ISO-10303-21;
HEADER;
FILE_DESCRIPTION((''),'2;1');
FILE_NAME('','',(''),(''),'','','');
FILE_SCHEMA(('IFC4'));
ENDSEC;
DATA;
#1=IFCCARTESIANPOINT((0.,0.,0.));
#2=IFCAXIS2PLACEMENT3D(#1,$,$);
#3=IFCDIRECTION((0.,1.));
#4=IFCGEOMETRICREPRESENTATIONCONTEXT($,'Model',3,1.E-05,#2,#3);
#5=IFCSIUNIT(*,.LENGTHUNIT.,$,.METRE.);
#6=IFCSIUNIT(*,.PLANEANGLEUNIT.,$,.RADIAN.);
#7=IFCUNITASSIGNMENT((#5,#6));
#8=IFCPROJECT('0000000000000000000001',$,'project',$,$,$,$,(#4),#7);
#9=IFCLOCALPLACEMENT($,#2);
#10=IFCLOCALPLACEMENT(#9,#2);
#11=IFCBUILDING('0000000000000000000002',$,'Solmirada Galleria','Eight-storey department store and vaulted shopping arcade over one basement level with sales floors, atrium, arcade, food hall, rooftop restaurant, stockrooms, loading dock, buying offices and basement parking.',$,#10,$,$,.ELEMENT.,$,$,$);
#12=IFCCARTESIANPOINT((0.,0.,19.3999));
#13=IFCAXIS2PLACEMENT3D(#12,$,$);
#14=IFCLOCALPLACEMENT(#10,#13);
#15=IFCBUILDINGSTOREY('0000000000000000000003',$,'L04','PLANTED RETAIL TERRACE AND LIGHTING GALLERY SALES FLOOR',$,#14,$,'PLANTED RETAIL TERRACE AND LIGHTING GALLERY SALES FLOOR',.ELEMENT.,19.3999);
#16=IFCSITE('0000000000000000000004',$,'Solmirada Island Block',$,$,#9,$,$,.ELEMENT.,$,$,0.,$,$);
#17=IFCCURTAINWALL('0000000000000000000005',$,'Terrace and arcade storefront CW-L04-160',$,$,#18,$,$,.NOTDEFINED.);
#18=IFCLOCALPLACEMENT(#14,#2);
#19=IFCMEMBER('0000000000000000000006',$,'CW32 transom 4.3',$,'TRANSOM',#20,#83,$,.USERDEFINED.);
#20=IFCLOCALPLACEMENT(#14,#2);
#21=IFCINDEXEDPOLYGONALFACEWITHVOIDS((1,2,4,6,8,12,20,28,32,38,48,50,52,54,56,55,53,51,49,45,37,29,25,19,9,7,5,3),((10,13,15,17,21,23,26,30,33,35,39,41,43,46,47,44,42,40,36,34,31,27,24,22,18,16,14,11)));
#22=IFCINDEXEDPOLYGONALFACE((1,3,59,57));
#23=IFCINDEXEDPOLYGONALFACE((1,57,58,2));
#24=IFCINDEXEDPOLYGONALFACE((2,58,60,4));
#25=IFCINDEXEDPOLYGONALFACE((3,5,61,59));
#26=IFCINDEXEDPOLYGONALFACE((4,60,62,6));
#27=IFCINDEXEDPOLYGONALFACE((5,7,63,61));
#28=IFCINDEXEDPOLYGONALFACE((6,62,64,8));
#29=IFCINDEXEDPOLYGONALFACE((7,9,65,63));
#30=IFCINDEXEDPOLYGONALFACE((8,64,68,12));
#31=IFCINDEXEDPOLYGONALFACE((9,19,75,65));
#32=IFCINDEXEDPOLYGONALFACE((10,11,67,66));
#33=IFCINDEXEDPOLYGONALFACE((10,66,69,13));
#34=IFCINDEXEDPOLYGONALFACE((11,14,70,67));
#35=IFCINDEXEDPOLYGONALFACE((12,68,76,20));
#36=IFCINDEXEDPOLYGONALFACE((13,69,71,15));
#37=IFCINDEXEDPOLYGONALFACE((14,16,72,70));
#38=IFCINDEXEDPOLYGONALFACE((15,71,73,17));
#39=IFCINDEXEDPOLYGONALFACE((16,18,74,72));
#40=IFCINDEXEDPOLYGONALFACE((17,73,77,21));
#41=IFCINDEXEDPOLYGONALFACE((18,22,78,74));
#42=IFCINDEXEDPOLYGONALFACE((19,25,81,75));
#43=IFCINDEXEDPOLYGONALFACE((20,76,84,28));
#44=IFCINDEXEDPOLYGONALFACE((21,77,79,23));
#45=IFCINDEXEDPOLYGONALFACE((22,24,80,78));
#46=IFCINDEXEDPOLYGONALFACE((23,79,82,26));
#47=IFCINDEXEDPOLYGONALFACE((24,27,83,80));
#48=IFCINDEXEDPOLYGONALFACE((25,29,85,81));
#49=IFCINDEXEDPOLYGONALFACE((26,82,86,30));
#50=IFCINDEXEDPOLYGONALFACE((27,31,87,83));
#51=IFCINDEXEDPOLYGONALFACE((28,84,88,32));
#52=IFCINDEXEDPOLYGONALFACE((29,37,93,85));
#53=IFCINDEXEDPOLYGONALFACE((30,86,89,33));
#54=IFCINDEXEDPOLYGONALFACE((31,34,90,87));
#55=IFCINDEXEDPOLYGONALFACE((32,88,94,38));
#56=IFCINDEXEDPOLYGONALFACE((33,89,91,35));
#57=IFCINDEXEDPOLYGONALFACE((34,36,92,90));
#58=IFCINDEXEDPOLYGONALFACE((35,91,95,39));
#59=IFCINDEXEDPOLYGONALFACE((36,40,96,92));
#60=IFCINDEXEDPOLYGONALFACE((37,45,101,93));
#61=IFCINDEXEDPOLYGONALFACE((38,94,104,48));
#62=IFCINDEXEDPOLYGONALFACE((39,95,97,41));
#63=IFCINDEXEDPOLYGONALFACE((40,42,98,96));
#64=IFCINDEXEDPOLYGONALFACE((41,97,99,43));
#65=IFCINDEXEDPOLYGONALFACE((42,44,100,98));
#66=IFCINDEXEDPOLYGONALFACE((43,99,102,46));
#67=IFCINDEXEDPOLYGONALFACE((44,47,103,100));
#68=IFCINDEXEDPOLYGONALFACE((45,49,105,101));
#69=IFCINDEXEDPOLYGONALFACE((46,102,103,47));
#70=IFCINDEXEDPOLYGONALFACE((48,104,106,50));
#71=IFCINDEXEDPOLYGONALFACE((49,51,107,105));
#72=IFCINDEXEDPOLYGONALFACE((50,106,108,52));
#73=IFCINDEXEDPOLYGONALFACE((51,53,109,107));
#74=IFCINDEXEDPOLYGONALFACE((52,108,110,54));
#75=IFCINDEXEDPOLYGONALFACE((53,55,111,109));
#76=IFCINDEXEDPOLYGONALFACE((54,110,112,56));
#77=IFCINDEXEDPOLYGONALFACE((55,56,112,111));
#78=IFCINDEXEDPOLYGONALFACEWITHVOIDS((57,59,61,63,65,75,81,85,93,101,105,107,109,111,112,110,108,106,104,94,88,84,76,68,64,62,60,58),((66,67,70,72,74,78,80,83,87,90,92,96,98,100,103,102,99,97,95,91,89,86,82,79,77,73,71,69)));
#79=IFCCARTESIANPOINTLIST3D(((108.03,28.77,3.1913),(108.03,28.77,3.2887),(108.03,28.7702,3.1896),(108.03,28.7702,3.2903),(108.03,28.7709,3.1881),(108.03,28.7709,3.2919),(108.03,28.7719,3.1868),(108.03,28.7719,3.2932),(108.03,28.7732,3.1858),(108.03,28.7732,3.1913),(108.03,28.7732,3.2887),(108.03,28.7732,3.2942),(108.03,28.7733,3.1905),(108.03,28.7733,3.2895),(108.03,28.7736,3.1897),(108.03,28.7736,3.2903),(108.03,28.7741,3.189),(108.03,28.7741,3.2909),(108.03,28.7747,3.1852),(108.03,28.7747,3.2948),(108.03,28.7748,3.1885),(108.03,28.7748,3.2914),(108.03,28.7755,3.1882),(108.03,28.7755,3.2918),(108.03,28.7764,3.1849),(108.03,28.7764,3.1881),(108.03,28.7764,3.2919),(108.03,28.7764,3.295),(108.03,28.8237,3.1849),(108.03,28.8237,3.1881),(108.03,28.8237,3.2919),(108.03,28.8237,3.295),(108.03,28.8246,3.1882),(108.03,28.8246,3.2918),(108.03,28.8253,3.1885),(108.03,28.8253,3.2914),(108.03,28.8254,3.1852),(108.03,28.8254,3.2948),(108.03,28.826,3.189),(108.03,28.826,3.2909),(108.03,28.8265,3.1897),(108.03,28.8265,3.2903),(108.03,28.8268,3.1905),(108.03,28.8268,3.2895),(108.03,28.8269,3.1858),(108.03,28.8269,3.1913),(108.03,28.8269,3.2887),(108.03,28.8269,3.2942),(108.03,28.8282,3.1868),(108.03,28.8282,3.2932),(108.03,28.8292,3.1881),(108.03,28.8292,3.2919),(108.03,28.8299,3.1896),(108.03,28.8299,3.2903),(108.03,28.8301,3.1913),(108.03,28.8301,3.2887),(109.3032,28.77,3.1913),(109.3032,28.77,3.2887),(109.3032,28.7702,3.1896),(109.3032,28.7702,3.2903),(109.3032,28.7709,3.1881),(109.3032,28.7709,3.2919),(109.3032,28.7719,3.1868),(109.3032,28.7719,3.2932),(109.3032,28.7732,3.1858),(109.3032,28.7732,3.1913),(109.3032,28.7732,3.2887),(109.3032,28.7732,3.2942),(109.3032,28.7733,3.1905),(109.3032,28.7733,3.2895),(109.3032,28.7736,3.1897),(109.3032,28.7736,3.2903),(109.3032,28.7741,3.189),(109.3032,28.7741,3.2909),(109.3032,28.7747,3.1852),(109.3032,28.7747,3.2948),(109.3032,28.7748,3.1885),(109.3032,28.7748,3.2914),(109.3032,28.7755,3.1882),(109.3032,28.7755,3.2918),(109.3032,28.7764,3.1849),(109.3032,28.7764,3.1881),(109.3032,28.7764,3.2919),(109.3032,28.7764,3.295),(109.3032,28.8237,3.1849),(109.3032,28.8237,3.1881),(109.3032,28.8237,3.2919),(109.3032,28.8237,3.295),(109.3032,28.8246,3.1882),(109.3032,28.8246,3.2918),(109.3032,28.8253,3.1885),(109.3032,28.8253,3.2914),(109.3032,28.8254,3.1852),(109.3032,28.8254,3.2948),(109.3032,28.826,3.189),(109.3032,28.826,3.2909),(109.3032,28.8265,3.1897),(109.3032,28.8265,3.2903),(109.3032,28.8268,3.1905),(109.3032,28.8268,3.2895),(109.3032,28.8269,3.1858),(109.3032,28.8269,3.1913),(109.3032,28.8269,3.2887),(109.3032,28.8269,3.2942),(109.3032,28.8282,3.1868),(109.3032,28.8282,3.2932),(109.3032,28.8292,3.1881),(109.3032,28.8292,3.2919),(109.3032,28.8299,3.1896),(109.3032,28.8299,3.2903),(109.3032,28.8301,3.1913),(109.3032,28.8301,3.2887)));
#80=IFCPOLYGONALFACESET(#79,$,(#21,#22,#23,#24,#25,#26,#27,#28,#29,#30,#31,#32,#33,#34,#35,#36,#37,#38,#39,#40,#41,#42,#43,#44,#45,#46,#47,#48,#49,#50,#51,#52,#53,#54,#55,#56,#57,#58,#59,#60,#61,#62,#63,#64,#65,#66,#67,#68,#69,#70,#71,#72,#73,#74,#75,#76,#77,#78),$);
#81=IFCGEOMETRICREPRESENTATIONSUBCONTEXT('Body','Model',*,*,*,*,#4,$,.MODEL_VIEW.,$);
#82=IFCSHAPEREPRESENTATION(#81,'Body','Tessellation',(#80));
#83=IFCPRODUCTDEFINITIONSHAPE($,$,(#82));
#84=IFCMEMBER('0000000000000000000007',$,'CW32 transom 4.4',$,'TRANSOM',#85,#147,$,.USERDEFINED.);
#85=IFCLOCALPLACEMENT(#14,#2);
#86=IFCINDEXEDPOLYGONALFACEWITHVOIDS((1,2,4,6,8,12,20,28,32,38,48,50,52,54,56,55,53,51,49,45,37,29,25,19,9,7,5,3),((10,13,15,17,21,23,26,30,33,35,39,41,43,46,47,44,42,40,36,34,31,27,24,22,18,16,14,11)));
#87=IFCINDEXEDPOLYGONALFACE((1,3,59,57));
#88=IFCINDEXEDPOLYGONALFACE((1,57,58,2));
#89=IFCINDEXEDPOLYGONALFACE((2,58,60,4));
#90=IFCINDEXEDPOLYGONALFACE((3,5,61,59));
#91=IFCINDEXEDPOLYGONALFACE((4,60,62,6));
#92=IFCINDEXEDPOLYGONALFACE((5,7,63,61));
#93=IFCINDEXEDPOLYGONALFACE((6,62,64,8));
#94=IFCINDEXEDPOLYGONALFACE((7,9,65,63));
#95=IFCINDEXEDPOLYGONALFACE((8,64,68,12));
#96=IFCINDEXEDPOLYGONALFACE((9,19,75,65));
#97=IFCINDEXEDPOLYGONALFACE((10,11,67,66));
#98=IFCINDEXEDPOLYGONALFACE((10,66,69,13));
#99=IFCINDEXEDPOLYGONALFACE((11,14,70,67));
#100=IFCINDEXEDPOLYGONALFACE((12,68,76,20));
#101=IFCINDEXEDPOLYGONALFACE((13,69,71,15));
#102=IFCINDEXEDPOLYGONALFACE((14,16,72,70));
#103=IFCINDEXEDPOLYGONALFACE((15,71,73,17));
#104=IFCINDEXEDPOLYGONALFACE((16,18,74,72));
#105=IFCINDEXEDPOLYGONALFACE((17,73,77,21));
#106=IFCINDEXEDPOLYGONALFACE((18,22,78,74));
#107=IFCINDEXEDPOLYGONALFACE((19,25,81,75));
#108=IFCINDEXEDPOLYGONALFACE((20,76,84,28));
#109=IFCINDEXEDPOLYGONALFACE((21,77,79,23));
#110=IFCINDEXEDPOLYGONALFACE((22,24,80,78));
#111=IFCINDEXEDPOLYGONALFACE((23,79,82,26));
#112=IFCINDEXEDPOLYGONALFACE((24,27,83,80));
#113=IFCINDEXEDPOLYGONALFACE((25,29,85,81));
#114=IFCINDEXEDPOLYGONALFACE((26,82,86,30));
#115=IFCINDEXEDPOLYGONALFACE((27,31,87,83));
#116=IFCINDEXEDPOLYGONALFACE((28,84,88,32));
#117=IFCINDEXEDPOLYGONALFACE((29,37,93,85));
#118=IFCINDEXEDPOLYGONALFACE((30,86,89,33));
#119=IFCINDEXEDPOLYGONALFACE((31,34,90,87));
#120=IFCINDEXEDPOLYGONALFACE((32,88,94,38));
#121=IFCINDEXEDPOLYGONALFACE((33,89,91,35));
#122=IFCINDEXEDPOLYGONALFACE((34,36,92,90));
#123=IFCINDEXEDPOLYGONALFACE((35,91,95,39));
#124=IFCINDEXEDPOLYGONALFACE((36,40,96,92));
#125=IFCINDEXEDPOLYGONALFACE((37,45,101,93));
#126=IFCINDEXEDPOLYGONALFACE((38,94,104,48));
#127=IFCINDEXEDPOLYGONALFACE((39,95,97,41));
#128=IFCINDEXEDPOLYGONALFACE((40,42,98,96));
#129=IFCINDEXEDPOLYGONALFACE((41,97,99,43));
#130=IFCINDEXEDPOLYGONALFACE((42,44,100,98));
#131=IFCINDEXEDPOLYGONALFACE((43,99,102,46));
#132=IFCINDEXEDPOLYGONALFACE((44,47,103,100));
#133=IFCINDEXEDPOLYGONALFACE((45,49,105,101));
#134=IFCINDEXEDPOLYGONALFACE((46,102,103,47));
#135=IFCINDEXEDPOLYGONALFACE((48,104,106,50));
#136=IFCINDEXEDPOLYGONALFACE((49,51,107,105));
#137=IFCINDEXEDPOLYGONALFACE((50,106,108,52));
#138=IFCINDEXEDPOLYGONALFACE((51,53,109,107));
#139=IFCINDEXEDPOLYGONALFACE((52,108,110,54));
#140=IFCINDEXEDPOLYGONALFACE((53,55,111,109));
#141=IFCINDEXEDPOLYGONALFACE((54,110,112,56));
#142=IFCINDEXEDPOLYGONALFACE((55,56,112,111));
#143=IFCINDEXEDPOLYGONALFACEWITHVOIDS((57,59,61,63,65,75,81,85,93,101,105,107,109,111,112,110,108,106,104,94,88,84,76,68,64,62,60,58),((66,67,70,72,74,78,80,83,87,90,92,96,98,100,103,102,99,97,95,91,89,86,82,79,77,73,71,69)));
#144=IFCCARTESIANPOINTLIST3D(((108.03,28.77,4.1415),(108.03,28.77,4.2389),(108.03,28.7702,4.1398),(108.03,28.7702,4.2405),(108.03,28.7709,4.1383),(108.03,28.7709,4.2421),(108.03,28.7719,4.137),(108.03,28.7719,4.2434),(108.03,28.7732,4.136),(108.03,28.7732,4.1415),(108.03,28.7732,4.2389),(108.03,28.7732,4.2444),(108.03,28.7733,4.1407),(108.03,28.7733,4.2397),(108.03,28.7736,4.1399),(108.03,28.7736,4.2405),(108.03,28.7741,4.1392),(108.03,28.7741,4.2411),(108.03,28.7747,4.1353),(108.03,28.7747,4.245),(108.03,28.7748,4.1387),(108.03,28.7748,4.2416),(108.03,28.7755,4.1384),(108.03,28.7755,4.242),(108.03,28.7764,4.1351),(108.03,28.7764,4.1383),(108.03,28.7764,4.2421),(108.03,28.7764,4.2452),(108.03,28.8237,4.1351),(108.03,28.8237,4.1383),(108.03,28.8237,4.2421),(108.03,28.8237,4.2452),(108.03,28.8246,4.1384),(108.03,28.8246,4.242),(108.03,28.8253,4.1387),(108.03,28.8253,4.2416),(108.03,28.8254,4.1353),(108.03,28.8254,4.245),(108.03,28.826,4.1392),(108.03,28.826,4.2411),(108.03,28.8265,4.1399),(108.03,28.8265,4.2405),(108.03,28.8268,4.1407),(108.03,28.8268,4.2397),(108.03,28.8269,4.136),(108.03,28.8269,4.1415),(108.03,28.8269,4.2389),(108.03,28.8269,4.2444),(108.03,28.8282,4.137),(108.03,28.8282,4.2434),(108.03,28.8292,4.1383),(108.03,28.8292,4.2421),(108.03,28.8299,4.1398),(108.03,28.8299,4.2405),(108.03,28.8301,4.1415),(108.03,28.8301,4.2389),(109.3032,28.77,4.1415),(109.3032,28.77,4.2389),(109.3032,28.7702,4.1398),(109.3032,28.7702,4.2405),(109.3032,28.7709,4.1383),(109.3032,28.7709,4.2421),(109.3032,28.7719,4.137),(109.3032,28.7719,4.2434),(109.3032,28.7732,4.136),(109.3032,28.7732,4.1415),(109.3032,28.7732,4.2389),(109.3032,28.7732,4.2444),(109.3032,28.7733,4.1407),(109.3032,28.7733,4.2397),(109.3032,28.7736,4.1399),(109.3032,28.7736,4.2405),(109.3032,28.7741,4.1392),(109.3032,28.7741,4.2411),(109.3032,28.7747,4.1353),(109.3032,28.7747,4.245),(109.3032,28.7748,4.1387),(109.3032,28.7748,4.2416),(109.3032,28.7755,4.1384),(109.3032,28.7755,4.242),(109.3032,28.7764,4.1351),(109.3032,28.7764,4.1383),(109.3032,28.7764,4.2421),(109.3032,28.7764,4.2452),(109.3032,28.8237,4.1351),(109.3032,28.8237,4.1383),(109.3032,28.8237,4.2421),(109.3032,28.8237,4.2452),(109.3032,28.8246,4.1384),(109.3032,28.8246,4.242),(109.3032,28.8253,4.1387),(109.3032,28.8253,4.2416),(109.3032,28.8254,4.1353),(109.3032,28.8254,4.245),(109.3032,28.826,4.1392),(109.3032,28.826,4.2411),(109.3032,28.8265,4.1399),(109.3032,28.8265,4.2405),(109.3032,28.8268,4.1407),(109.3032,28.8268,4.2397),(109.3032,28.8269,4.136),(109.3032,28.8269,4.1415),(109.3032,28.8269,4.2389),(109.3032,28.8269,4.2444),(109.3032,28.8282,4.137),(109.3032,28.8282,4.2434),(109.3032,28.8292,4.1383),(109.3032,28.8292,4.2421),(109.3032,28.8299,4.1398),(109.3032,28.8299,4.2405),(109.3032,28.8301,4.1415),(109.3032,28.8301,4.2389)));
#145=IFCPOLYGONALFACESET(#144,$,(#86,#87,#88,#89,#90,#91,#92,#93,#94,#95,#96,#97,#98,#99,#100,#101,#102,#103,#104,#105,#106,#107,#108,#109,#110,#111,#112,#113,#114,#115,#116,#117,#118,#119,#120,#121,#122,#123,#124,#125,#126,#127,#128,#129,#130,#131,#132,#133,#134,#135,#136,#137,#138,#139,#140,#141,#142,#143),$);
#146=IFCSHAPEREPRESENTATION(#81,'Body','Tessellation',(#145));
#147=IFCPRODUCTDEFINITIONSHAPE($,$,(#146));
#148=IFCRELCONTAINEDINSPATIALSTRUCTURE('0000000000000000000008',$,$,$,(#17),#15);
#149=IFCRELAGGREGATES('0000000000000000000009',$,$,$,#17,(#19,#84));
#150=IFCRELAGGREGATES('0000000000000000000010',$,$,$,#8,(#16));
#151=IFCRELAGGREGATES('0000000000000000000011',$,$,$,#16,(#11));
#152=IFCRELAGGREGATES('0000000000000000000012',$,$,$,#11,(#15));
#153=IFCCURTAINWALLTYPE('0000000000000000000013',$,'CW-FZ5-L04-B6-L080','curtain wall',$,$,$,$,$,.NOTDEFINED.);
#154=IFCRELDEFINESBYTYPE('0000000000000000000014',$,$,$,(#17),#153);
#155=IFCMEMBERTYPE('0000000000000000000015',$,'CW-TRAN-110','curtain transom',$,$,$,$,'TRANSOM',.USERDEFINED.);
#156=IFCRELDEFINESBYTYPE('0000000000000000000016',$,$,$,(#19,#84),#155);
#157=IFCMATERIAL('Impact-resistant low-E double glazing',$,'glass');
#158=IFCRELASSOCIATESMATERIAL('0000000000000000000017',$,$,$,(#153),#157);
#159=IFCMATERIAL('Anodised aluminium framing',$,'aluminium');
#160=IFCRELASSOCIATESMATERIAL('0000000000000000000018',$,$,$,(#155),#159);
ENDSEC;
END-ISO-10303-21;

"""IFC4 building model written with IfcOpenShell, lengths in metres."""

from ifc_helpers import new_model, si_unit, direction, frame, origin, origin_2d, place, context, subcontext, project, spatial, hollow_rectangle, extrude, material, material_profile, profile_set, type_object, element, aggregate, save


model = new_model("IFC4")

# Units and contexts
model_context = context("Model", 3, precision=1e-05, world=origin(), true_north=direction((0.0, 1.0)))
body_context = subcontext(model_context, "Body", "Model", "MODEL_VIEW")
ifc_project = project(units=[si_unit("LENGTHUNIT", "METRE"), si_unit("PLANEANGLEUNIT", "RADIAN")], contexts=[model_context])

# Site, building, storey
site_placement = place(None, origin())
site = spatial("IfcSite", under=ifc_project, at=site_placement, Name="Solmirada Island Block", CompositionType="ELEMENT", RefElevation=0.0)
building_placement = place(site_placement, origin())
building = spatial("IfcBuilding", under=site, at=building_placement, Name="Solmirada Galleria", Description="Eight-storey department store and vaulted shopping arcade over one basement level with sales floors, atrium, arcade, food hall, rooftop restaurant, stockrooms, loading dock, buying offices and basement parking.", CompositionType="ELEMENT")
storey_placement = place(building_placement, frame((0.0, 0.0, 19.3999)))
storey = spatial("IfcBuildingStorey", under=building, at=storey_placement, Name="L04", Description="PLANTED RETAIL TERRACE AND LIGHTING GALLERY SALES FLOOR", LongName="PLANTED RETAIL TERRACE AND LIGHTING GALLERY SALES FLOOR", CompositionType="ELEMENT", Elevation=19.3999)

# Curtain wall, members
ifc_material_1 = material(Name="Impact-resistant low-E double glazing", Category="glass")
curtain_wall_type = type_object("IfcCurtainWallType", Name="CW-FZ5-L04-B6-L080", Description="curtain wall", PredefinedType="NOTDEFINED", material=ifc_material_1)
curtain_wall_placement = place(storey_placement, origin())
curtain_wall = element("IfcCurtainWall", 1, at=curtain_wall_placement, inside=storey, type_object=curtain_wall_type, Name="Terrace and arcade storefront CW-L04-160", PredefinedType="NOTDEFINED")
ifc_material_2 = material(Name="Anodised aluminium framing", Category="aluminium")
ifc_material_profile_1 = material_profile(ifc_material_2, hollow_rectangle(XDim=0.0601, YDim=0.1101, WallThickness=0.0032, InnerFilletRadius=0.0032, OuterFilletRadius=0.0063, at=origin_2d()), Name="ALU-TRAN-110X60")
ifc_profile_set_1 = profile_set([ifc_material_profile_1], Name="Anodised aluminium framing")
member_type_1 = type_object("IfcMemberType", Name="CW-TRAN-110", Description="curtain transom", ElementType="TRANSOM", PredefinedType="USERDEFINED", material=ifc_profile_set_1)
member_1_placement = place(storey_placement, frame((108.03, 28.8, 3.24), z_axis=(1.0, 0.0, 0.0), x_axis=(0.0, 1.0, 0.0)))
member_1 = element("IfcMember", 2, at=member_1_placement, type_object=member_type_1, Name="CW32 transom 4.3", ObjectType="TRANSOM", PredefinedType="USERDEFINED", context=body_context, shape_type="SweptSolid", body=[
    extrude(hollow_rectangle(XDim=0.0601, YDim=0.1101, WallThickness=0.0032, InnerFilletRadius=0.0032, OuterFilletRadius=0.0063, at=origin_2d()), origin(), (0.0, 0.0, 1.0), 1.2732),
])
member_2_placement = place(storey_placement, frame((108.03, 28.8, 4.1902), z_axis=(1.0, 0.0, 0.0), x_axis=(0.0, 1.0, 0.0)))
member_2 = element("IfcMember", 3, at=member_2_placement, type_object=member_type_1, Name="CW32 transom 4.4", ObjectType="TRANSOM", PredefinedType="USERDEFINED", context=body_context, shape_type="SweptSolid", body=[
    extrude(hollow_rectangle(XDim=0.0601, YDim=0.1101, WallThickness=0.0032, InnerFilletRadius=0.0032, OuterFilletRadius=0.0063, at=origin_2d()), origin(), (0.0, 0.0, 1.0), 1.2732),
])
aggregate(curtain_wall, [member_1, member_2])

save(model, "model.ifc")
